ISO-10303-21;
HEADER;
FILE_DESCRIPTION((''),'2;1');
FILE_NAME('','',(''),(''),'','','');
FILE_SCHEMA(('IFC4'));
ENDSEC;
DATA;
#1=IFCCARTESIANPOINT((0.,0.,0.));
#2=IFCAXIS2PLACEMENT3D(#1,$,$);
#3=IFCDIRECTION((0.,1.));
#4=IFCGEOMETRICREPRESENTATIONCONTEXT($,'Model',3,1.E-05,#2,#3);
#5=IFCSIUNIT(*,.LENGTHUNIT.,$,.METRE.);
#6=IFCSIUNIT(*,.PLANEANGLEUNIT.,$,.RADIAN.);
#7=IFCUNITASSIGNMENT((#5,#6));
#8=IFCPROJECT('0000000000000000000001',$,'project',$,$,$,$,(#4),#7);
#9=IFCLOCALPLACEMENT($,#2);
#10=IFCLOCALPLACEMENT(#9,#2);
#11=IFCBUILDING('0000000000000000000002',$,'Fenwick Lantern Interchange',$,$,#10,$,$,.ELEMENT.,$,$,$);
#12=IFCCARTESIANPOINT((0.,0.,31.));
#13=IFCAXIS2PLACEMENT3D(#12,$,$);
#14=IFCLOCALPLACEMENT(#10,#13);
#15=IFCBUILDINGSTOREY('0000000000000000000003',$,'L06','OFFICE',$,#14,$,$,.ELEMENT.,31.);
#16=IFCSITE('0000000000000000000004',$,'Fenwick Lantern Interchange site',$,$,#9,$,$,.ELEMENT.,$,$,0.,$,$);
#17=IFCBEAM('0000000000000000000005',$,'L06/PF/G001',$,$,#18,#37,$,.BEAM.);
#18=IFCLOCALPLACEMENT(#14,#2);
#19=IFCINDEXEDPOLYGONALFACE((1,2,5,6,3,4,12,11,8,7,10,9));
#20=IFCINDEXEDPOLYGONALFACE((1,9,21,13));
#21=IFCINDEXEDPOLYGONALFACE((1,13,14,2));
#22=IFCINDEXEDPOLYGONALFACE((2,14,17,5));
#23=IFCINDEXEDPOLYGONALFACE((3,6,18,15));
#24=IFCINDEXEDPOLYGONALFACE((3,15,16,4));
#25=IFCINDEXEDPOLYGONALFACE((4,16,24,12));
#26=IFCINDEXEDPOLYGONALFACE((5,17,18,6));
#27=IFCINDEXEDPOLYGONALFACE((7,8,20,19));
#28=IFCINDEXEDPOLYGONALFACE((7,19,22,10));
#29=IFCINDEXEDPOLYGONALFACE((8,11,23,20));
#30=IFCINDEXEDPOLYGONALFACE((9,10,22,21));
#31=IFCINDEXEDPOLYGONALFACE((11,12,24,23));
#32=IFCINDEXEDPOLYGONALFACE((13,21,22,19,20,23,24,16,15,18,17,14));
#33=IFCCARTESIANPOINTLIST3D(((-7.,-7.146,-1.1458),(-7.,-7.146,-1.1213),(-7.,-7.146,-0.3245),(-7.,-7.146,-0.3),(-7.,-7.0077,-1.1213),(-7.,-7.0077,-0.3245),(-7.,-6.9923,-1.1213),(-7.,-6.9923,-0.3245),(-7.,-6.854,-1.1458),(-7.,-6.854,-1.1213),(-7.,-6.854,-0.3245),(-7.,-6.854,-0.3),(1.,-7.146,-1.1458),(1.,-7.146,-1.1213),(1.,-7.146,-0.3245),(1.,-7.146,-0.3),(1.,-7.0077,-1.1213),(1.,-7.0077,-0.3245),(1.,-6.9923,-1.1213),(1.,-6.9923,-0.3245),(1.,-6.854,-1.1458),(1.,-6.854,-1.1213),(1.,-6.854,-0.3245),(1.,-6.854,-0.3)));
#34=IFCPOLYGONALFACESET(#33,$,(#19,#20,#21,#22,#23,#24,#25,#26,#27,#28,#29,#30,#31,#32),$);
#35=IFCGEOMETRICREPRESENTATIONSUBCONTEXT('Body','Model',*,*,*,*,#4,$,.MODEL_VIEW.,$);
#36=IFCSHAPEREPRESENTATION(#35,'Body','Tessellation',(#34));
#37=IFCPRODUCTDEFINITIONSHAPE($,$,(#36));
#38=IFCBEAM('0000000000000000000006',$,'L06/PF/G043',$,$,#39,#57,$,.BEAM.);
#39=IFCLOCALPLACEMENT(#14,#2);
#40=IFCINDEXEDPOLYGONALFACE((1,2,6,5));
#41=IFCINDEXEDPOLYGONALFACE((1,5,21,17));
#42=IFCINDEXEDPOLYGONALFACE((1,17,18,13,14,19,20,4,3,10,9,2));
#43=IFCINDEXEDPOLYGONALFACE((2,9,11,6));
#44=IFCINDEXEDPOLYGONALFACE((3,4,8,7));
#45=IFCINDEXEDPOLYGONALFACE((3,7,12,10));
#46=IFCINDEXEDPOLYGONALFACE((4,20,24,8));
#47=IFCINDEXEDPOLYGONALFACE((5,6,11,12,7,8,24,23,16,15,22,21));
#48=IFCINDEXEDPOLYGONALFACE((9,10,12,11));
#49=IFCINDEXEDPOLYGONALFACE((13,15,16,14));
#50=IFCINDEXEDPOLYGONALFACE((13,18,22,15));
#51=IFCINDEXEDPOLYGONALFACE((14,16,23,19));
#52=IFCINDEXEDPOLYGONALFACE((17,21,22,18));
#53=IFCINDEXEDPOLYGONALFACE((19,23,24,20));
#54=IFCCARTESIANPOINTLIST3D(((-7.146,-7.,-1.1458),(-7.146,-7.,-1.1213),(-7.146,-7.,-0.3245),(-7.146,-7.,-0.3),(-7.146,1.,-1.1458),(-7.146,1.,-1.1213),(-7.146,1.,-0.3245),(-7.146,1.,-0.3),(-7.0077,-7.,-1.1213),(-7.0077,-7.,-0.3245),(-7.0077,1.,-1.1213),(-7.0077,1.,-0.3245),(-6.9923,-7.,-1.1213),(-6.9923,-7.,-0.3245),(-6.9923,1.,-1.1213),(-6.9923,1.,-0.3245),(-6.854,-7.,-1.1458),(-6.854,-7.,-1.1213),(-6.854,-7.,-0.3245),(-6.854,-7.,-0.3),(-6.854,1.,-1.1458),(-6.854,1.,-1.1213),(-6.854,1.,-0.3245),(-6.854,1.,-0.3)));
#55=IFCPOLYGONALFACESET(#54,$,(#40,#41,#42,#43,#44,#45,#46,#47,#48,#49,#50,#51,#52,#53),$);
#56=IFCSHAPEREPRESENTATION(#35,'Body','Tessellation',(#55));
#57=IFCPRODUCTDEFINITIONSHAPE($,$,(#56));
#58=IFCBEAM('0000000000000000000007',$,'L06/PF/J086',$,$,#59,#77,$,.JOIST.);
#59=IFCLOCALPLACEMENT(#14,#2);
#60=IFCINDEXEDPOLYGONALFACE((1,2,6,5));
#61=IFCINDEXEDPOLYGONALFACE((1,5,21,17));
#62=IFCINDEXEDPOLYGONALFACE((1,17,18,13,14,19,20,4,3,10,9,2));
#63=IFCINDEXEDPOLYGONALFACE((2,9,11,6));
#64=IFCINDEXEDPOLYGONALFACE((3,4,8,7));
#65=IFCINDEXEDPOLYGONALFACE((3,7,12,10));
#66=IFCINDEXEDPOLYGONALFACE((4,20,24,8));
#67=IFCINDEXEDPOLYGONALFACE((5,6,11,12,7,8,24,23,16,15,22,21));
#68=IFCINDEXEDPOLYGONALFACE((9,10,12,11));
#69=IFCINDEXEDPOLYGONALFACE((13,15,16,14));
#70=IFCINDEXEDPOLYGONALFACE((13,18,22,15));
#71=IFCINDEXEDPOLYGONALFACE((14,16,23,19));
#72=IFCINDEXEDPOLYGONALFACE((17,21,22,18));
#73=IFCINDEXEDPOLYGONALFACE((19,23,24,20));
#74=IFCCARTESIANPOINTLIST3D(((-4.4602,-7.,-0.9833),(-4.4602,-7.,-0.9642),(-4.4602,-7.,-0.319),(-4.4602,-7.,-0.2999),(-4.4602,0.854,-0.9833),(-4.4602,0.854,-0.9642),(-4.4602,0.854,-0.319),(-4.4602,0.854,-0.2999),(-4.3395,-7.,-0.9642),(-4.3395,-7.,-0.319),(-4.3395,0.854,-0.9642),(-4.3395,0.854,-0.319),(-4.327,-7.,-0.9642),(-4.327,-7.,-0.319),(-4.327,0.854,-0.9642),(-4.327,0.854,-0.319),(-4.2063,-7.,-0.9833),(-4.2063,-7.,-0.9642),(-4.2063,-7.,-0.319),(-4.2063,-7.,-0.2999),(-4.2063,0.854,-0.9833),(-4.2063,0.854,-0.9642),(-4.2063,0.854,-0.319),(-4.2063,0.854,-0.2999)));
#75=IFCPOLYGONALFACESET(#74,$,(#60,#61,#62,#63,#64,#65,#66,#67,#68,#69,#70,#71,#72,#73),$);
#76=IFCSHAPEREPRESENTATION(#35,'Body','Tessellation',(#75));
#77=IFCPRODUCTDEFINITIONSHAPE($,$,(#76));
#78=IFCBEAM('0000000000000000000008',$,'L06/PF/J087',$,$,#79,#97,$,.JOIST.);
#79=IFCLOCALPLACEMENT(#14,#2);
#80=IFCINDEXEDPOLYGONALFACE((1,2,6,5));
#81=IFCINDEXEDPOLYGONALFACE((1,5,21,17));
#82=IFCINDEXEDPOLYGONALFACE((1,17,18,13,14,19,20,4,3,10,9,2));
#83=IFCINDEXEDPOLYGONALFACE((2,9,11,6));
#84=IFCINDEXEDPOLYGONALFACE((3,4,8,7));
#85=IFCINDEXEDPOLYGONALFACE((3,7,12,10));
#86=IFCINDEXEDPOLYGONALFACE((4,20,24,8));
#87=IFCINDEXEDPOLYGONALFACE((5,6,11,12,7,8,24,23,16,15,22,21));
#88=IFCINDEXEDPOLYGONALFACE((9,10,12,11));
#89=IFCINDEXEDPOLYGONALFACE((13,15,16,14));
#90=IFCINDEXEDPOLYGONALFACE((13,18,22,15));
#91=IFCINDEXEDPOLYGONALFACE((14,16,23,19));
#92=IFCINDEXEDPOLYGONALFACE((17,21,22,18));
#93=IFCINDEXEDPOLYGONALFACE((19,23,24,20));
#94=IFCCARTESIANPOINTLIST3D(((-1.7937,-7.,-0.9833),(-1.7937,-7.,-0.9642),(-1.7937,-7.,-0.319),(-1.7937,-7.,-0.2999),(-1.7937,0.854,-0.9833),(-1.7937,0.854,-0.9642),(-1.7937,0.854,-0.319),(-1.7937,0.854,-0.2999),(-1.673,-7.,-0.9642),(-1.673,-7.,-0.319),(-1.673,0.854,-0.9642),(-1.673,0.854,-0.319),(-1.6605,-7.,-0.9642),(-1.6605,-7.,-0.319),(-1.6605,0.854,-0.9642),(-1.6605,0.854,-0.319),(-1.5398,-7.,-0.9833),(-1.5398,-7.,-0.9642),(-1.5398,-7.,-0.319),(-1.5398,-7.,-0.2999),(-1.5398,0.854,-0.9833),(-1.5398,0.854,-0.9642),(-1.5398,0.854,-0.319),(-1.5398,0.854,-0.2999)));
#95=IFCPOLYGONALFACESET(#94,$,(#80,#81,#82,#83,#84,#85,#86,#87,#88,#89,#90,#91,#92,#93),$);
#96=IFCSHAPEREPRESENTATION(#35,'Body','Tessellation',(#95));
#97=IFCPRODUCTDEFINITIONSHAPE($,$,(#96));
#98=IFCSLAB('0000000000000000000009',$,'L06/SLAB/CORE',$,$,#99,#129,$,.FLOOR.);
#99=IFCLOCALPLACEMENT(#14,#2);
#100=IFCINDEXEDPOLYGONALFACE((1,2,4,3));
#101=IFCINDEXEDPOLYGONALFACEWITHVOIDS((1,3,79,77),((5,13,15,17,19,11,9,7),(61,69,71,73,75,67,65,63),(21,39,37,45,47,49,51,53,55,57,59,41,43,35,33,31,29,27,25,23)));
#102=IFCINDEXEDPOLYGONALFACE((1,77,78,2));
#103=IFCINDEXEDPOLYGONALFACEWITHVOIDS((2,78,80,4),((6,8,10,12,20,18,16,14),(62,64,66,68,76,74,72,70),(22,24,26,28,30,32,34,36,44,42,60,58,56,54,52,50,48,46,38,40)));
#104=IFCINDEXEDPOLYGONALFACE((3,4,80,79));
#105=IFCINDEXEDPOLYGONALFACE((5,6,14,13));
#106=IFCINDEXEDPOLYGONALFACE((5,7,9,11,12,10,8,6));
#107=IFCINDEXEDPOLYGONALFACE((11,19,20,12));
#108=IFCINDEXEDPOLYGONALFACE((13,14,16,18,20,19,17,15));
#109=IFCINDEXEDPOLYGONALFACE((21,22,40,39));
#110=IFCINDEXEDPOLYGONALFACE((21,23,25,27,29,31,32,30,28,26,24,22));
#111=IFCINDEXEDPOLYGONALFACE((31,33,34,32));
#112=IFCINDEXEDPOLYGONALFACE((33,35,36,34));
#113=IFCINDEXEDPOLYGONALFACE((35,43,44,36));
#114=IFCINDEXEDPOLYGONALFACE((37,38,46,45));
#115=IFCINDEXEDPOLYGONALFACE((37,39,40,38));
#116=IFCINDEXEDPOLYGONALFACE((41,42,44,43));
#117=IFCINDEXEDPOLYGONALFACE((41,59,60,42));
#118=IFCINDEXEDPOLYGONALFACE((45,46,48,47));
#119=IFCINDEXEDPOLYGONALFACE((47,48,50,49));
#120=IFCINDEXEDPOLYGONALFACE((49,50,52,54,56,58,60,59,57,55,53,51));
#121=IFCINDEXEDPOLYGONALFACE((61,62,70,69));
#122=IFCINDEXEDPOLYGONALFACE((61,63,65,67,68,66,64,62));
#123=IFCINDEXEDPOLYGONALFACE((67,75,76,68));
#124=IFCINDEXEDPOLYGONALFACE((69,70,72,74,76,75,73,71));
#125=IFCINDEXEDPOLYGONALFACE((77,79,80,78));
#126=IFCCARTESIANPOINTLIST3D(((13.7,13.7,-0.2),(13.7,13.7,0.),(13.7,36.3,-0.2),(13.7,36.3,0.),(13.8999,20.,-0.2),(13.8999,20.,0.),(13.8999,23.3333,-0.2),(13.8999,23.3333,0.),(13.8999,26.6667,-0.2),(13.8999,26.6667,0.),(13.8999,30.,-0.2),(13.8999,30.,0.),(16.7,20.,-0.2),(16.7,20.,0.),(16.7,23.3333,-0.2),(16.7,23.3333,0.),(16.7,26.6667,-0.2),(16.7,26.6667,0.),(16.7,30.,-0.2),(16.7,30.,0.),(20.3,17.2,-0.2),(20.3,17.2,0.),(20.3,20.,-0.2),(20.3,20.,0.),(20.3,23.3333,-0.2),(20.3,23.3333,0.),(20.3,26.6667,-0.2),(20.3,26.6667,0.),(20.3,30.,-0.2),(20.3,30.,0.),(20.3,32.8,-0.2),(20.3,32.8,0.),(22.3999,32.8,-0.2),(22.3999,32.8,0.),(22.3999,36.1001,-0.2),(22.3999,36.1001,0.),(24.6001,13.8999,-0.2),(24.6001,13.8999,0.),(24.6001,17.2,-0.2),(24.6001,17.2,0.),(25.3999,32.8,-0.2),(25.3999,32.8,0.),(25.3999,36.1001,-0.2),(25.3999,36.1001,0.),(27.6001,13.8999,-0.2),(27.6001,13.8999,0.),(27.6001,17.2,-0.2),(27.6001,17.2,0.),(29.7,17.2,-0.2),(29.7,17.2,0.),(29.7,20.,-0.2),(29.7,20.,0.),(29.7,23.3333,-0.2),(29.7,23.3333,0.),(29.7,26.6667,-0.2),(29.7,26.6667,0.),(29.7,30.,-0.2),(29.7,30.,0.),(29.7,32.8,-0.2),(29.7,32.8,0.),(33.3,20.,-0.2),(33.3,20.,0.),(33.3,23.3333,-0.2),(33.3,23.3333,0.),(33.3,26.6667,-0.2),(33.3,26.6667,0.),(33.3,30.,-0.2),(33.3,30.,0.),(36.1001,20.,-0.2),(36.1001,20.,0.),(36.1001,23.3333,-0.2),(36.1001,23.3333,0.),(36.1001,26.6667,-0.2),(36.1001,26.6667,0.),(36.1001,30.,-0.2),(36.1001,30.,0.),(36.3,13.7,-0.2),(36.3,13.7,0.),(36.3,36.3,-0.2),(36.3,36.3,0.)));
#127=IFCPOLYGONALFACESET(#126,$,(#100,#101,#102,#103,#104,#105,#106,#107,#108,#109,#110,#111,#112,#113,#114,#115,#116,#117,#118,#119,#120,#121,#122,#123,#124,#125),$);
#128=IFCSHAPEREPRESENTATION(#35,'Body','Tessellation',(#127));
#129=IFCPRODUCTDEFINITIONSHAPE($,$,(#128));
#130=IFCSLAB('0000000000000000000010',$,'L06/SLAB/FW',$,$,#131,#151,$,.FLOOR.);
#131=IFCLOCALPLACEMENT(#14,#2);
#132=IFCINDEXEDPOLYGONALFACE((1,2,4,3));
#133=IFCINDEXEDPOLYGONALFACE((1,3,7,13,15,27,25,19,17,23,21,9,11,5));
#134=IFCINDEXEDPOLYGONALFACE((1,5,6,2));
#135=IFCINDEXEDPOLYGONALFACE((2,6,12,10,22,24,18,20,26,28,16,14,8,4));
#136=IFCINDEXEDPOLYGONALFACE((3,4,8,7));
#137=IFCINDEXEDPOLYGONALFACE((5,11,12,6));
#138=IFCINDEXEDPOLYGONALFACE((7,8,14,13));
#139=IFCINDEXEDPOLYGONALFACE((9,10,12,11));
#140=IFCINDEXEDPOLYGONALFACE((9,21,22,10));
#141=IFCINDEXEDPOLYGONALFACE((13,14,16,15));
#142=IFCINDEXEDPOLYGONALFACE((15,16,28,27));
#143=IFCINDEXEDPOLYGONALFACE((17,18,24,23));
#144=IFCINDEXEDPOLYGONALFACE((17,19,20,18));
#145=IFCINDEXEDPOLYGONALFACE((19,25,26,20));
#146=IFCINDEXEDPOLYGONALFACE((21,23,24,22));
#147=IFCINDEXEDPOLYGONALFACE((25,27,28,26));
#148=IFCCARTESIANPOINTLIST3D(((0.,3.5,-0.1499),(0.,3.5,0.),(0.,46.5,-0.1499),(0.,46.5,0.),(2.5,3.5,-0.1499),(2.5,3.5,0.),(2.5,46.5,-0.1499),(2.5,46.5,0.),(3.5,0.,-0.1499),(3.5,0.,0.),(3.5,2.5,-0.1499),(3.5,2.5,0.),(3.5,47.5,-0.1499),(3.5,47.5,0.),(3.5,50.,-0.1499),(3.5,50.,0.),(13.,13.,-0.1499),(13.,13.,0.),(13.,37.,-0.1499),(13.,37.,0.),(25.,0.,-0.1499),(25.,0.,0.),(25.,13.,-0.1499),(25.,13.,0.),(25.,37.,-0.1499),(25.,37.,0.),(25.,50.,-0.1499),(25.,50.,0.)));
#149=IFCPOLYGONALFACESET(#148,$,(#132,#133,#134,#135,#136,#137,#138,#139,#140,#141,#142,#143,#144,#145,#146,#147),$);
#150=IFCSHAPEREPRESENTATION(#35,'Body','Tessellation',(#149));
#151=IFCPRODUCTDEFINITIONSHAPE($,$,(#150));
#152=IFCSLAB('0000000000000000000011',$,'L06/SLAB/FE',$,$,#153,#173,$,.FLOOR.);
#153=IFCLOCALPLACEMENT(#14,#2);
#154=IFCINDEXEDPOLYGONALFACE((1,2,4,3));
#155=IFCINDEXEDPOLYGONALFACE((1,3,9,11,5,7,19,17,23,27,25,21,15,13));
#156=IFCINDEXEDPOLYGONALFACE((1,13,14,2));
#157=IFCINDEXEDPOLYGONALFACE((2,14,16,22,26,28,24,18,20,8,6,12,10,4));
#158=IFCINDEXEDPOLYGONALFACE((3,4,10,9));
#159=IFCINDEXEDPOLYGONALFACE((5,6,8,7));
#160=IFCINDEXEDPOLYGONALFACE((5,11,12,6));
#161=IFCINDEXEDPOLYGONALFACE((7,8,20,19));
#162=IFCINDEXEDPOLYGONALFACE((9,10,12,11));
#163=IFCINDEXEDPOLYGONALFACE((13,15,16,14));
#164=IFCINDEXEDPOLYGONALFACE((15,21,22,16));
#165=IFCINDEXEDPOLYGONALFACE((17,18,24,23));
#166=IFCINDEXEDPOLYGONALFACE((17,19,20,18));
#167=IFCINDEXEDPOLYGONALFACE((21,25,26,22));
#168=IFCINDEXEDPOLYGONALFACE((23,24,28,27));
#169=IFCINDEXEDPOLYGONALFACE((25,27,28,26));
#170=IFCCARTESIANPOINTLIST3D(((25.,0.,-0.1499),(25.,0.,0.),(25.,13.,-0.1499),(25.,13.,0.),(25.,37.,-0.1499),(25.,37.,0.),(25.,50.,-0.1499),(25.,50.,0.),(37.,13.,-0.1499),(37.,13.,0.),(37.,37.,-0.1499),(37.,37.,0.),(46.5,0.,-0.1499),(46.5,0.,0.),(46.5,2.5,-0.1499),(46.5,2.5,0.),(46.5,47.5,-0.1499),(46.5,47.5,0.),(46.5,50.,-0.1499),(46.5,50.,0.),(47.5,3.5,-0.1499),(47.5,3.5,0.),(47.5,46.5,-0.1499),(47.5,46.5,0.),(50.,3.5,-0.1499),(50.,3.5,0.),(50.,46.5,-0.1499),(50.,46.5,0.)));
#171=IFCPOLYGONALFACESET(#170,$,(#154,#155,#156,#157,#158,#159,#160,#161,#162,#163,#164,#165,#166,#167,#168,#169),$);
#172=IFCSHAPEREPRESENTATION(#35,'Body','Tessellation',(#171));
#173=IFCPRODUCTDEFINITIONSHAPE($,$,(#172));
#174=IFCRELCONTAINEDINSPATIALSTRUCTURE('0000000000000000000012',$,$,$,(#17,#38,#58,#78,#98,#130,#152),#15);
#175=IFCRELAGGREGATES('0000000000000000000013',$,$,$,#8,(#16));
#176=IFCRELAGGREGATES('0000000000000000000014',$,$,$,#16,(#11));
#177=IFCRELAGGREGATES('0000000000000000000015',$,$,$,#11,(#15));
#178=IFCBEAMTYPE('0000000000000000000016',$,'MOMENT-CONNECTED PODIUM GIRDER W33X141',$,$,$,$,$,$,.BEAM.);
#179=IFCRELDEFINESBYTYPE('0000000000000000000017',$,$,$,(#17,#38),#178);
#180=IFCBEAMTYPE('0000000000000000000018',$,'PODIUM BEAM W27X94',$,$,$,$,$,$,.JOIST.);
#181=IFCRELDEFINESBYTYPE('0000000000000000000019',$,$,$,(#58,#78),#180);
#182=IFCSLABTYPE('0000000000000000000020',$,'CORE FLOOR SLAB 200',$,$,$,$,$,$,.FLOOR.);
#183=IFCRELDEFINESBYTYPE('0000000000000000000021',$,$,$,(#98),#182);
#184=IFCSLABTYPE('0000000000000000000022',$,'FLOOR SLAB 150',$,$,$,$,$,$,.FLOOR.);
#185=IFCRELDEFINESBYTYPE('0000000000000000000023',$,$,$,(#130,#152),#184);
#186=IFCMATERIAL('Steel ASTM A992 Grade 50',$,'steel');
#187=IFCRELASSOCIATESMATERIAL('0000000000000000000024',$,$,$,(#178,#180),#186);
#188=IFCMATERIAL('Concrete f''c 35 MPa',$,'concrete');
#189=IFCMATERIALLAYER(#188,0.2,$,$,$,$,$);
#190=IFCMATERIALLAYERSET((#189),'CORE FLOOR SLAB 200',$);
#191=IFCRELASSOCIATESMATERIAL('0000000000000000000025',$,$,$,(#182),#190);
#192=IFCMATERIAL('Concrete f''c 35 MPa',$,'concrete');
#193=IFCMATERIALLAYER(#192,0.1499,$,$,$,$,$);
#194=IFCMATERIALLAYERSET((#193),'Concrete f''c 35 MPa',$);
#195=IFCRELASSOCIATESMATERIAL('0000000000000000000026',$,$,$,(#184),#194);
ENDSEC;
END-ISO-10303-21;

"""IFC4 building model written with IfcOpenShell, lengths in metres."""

from ifc_helpers import new_model, si_unit, direction, frame, origin, origin_2d, place, context, subcontext, project, spatial, polyline, i_section, outline, extrude, material, layer, layer_set, material_profile, profile_set, type_object, element, save


model = new_model("IFC4")

# Units and contexts
model_context = context("Model", 3, precision=1e-05, world=origin(), true_north=direction((0.0, 1.0)))
body_context = subcontext(model_context, "Body", "Model", "MODEL_VIEW")
ifc_project = project(units=[si_unit("LENGTHUNIT", "METRE"), si_unit("PLANEANGLEUNIT", "RADIAN")], contexts=[model_context])

# Site, building, storey
site_placement = place(None, origin())
site = spatial("IfcSite", under=ifc_project, at=site_placement, Name="Fenwick Lantern Interchange site", CompositionType="ELEMENT", RefElevation=0.0)
building_placement = place(site_placement, origin())
building = spatial("IfcBuilding", under=site, at=building_placement, Name="Fenwick Lantern Interchange", CompositionType="ELEMENT")
storey_placement = place(building_placement, frame((0.0, 0.0, 31.0)))
storey = spatial("IfcBuildingStorey", under=building, at=storey_placement, Name="L06", Description="OFFICE", CompositionType="ELEMENT", Elevation=31.0)

# Beams
ifc_material_1 = material(Name="Steel ASTM A992 Grade 50", Category="steel")
ifc_material_profile_1 = material_profile(ifc_material_1, i_section(OverallWidth=0.292, OverallDepth=0.8457, WebThickness=0.0154, FlangeThickness=0.0244, at=origin_2d()), Name="W33X141")
ifc_profile_set_1 = profile_set([ifc_material_profile_1], Name="Steel ASTM A992 Grade 50")
beam_type_1 = type_object("IfcBeamType", Name="MOMENT-CONNECTED PODIUM GIRDER W33X141", PredefinedType="BEAM", material=ifc_profile_set_1)
for number, where, z_axis, x_axis, name in (
    (1, (-7.0, -7.0, -0.7229), (1.0, 0.0, 0.0), (0.0, 1.0, 0.0), "L06/PF/G001"),
    (2, (-7.0, -7.0, -0.7229), (0.0, 1.0, 0.0), (-1.0, 0.0, 0.0), "L06/PF/G043"),
):
    element("IfcBeam", number, at=place(storey_placement, frame(where, z_axis=z_axis, x_axis=x_axis)), inside=storey, type_object=beam_type_1, Name=name, PredefinedType="BEAM", context=body_context, shape_type="SweptSolid", body=[
        extrude(i_section(OverallWidth=0.292, OverallDepth=0.8457, WebThickness=0.0154, FlangeThickness=0.0244, at=origin_2d()), origin(), (0.0, 0.0, 1.0), 8.0),
    ])
ifc_material_profile_2 = material_profile(ifc_material_1, i_section(OverallWidth=0.2539, OverallDepth=0.6833, WebThickness=0.0125, FlangeThickness=0.019, at=origin_2d()), Name="W27X94")
ifc_profile_set_2 = profile_set([ifc_material_profile_2], Name="Steel ASTM A992 Grade 50")
beam_type_2 = type_object("IfcBeamType", Name="PODIUM BEAM W27X94", PredefinedType="JOIST", material=ifc_profile_set_2)
for number, where, z_axis, x_axis, name in (
    (3, (-4.3333, -7.0, -0.6416), (0.0, 1.0, 0.0), (-1.0, 0.0, 0.0), "L06/PF/J086"),
    (4, (-1.6667, -7.0, -0.6416), (0.0, 1.0, 0.0), (-1.0, 0.0, 0.0), "L06/PF/J087"),
):
    element("IfcBeam", number, at=place(storey_placement, frame(where, z_axis=z_axis, x_axis=x_axis)), inside=storey, type_object=beam_type_2, Name=name, PredefinedType="JOIST", context=body_context, shape_type="SweptSolid", body=[
        extrude(i_section(OverallWidth=0.2539, OverallDepth=0.6833, WebThickness=0.0125, FlangeThickness=0.019, at=origin_2d()), origin(), (0.0, 0.0, 1.0), 7.854),
    ])

# Slabs
ifc_material_2 = material(Name="Concrete f'c 35 MPa", Category="concrete")
ifc_layer_1 = layer(ifc_material_2, 0.2)
ifc_layer_set_1 = layer_set([ifc_layer_1], Name="CORE FLOOR SLAB 200")
slab_type_1 = type_object("IfcSlabType", Name="CORE FLOOR SLAB 200", PredefinedType="FLOOR", material=ifc_layer_set_1)
slab_1_placement = place(storey_placement, frame((0.0, 0.0, -0.2)))
element("IfcSlab", 5, at=slab_1_placement, inside=storey, type_object=slab_type_1, Name="L06/SLAB/CORE", PredefinedType="FLOOR", context=body_context, shape_type="SweptSolid", body=[
    extrude(outline(polyline([(13.7, 36.3), (36.3, 36.3), (36.3, 13.7), (13.7, 13.7), (13.7, 36.3)]), holes=[polyline([(13.8999, 20.0), (16.7, 20.0), (16.7, 23.3333), (16.7, 26.6667), (16.7, 30.0), (13.8999, 30.0), (13.8999, 26.6667), (13.8999, 23.3333), (13.8999, 20.0)]), polyline([(20.3, 20.0), (20.3, 17.2), (24.6001, 17.2), (24.6001, 13.8999), (27.6001, 13.8999), (27.6001, 17.2), (29.7, 17.2), (29.7, 20.0), (29.7, 23.3333), (29.7, 26.6667), (29.7, 30.0), (29.7, 32.8), (25.3999, 32.8), (25.3999, 36.1001), (22.3999, 36.1001), (22.3999, 32.8), (20.3, 32.8), (20.3, 30.0), (20.3, 26.6667), (20.3, 23.3333), (20.3, 20.0)]), polyline([(33.3, 23.3333), (33.3, 20.0), (36.1001, 20.0), (36.1001, 23.3333), (36.1001, 26.6667), (36.1001, 30.0), (33.3, 30.0), (33.3, 26.6667), (33.3, 23.3333)])]), origin(), (0.0, 0.0, 1.0), 0.2),
])
ifc_material_3 = material(Name="Concrete f'c 35 MPa", Category="concrete")
ifc_layer_2 = layer(ifc_material_3, 0.1499)
ifc_layer_set_2 = layer_set([ifc_layer_2], Name="Concrete f'c 35 MPa")
slab_type_2 = type_object("IfcSlabType", Name="FLOOR SLAB 150", PredefinedType="FLOOR", material=ifc_layer_set_2)
slab_2_placement = place(storey_placement, frame((0.0, 0.0, -0.1499)))
element("IfcSlab", 6, at=slab_2_placement, inside=storey, type_object=slab_type_2, Name="L06/SLAB/FW", PredefinedType="FLOOR", context=body_context, shape_type="SweptSolid", body=[
    extrude(outline(polyline([(3.5, 0.0), (3.5, 2.5), (2.5, 3.5), (0.0, 3.5), (0.0, 46.5), (2.5, 46.5), (3.5, 47.5), (3.5, 50.0), (25.0, 50.0), (25.0, 37.0), (13.0, 37.0), (13.0, 13.0), (25.0, 13.0), (25.0, 0.0), (3.5, 0.0)])), origin(), (0.0, 0.0, 1.0), 0.1499),
])
slab_3_placement = place(storey_placement, frame((0.0, 0.0, -0.1499)))
element("IfcSlab", 7, at=slab_3_placement, inside=storey, type_object=slab_type_2, Name="L06/SLAB/FE", PredefinedType="FLOOR", context=body_context, shape_type="SweptSolid", body=[
    extrude(outline(polyline([(46.5, 50.0), (46.5, 47.5), (47.5, 46.5), (50.0, 46.5), (50.0, 3.5), (47.5, 3.5), (46.5, 2.5), (46.5, 0.0), (25.0, 0.0), (25.0, 13.0), (37.0, 13.0), (37.0, 37.0), (25.0, 37.0), (25.0, 50.0), (46.5, 50.0)])), origin(), (0.0, 0.0, 1.0), 0.1499),
])

save(model, "model.ifc")
